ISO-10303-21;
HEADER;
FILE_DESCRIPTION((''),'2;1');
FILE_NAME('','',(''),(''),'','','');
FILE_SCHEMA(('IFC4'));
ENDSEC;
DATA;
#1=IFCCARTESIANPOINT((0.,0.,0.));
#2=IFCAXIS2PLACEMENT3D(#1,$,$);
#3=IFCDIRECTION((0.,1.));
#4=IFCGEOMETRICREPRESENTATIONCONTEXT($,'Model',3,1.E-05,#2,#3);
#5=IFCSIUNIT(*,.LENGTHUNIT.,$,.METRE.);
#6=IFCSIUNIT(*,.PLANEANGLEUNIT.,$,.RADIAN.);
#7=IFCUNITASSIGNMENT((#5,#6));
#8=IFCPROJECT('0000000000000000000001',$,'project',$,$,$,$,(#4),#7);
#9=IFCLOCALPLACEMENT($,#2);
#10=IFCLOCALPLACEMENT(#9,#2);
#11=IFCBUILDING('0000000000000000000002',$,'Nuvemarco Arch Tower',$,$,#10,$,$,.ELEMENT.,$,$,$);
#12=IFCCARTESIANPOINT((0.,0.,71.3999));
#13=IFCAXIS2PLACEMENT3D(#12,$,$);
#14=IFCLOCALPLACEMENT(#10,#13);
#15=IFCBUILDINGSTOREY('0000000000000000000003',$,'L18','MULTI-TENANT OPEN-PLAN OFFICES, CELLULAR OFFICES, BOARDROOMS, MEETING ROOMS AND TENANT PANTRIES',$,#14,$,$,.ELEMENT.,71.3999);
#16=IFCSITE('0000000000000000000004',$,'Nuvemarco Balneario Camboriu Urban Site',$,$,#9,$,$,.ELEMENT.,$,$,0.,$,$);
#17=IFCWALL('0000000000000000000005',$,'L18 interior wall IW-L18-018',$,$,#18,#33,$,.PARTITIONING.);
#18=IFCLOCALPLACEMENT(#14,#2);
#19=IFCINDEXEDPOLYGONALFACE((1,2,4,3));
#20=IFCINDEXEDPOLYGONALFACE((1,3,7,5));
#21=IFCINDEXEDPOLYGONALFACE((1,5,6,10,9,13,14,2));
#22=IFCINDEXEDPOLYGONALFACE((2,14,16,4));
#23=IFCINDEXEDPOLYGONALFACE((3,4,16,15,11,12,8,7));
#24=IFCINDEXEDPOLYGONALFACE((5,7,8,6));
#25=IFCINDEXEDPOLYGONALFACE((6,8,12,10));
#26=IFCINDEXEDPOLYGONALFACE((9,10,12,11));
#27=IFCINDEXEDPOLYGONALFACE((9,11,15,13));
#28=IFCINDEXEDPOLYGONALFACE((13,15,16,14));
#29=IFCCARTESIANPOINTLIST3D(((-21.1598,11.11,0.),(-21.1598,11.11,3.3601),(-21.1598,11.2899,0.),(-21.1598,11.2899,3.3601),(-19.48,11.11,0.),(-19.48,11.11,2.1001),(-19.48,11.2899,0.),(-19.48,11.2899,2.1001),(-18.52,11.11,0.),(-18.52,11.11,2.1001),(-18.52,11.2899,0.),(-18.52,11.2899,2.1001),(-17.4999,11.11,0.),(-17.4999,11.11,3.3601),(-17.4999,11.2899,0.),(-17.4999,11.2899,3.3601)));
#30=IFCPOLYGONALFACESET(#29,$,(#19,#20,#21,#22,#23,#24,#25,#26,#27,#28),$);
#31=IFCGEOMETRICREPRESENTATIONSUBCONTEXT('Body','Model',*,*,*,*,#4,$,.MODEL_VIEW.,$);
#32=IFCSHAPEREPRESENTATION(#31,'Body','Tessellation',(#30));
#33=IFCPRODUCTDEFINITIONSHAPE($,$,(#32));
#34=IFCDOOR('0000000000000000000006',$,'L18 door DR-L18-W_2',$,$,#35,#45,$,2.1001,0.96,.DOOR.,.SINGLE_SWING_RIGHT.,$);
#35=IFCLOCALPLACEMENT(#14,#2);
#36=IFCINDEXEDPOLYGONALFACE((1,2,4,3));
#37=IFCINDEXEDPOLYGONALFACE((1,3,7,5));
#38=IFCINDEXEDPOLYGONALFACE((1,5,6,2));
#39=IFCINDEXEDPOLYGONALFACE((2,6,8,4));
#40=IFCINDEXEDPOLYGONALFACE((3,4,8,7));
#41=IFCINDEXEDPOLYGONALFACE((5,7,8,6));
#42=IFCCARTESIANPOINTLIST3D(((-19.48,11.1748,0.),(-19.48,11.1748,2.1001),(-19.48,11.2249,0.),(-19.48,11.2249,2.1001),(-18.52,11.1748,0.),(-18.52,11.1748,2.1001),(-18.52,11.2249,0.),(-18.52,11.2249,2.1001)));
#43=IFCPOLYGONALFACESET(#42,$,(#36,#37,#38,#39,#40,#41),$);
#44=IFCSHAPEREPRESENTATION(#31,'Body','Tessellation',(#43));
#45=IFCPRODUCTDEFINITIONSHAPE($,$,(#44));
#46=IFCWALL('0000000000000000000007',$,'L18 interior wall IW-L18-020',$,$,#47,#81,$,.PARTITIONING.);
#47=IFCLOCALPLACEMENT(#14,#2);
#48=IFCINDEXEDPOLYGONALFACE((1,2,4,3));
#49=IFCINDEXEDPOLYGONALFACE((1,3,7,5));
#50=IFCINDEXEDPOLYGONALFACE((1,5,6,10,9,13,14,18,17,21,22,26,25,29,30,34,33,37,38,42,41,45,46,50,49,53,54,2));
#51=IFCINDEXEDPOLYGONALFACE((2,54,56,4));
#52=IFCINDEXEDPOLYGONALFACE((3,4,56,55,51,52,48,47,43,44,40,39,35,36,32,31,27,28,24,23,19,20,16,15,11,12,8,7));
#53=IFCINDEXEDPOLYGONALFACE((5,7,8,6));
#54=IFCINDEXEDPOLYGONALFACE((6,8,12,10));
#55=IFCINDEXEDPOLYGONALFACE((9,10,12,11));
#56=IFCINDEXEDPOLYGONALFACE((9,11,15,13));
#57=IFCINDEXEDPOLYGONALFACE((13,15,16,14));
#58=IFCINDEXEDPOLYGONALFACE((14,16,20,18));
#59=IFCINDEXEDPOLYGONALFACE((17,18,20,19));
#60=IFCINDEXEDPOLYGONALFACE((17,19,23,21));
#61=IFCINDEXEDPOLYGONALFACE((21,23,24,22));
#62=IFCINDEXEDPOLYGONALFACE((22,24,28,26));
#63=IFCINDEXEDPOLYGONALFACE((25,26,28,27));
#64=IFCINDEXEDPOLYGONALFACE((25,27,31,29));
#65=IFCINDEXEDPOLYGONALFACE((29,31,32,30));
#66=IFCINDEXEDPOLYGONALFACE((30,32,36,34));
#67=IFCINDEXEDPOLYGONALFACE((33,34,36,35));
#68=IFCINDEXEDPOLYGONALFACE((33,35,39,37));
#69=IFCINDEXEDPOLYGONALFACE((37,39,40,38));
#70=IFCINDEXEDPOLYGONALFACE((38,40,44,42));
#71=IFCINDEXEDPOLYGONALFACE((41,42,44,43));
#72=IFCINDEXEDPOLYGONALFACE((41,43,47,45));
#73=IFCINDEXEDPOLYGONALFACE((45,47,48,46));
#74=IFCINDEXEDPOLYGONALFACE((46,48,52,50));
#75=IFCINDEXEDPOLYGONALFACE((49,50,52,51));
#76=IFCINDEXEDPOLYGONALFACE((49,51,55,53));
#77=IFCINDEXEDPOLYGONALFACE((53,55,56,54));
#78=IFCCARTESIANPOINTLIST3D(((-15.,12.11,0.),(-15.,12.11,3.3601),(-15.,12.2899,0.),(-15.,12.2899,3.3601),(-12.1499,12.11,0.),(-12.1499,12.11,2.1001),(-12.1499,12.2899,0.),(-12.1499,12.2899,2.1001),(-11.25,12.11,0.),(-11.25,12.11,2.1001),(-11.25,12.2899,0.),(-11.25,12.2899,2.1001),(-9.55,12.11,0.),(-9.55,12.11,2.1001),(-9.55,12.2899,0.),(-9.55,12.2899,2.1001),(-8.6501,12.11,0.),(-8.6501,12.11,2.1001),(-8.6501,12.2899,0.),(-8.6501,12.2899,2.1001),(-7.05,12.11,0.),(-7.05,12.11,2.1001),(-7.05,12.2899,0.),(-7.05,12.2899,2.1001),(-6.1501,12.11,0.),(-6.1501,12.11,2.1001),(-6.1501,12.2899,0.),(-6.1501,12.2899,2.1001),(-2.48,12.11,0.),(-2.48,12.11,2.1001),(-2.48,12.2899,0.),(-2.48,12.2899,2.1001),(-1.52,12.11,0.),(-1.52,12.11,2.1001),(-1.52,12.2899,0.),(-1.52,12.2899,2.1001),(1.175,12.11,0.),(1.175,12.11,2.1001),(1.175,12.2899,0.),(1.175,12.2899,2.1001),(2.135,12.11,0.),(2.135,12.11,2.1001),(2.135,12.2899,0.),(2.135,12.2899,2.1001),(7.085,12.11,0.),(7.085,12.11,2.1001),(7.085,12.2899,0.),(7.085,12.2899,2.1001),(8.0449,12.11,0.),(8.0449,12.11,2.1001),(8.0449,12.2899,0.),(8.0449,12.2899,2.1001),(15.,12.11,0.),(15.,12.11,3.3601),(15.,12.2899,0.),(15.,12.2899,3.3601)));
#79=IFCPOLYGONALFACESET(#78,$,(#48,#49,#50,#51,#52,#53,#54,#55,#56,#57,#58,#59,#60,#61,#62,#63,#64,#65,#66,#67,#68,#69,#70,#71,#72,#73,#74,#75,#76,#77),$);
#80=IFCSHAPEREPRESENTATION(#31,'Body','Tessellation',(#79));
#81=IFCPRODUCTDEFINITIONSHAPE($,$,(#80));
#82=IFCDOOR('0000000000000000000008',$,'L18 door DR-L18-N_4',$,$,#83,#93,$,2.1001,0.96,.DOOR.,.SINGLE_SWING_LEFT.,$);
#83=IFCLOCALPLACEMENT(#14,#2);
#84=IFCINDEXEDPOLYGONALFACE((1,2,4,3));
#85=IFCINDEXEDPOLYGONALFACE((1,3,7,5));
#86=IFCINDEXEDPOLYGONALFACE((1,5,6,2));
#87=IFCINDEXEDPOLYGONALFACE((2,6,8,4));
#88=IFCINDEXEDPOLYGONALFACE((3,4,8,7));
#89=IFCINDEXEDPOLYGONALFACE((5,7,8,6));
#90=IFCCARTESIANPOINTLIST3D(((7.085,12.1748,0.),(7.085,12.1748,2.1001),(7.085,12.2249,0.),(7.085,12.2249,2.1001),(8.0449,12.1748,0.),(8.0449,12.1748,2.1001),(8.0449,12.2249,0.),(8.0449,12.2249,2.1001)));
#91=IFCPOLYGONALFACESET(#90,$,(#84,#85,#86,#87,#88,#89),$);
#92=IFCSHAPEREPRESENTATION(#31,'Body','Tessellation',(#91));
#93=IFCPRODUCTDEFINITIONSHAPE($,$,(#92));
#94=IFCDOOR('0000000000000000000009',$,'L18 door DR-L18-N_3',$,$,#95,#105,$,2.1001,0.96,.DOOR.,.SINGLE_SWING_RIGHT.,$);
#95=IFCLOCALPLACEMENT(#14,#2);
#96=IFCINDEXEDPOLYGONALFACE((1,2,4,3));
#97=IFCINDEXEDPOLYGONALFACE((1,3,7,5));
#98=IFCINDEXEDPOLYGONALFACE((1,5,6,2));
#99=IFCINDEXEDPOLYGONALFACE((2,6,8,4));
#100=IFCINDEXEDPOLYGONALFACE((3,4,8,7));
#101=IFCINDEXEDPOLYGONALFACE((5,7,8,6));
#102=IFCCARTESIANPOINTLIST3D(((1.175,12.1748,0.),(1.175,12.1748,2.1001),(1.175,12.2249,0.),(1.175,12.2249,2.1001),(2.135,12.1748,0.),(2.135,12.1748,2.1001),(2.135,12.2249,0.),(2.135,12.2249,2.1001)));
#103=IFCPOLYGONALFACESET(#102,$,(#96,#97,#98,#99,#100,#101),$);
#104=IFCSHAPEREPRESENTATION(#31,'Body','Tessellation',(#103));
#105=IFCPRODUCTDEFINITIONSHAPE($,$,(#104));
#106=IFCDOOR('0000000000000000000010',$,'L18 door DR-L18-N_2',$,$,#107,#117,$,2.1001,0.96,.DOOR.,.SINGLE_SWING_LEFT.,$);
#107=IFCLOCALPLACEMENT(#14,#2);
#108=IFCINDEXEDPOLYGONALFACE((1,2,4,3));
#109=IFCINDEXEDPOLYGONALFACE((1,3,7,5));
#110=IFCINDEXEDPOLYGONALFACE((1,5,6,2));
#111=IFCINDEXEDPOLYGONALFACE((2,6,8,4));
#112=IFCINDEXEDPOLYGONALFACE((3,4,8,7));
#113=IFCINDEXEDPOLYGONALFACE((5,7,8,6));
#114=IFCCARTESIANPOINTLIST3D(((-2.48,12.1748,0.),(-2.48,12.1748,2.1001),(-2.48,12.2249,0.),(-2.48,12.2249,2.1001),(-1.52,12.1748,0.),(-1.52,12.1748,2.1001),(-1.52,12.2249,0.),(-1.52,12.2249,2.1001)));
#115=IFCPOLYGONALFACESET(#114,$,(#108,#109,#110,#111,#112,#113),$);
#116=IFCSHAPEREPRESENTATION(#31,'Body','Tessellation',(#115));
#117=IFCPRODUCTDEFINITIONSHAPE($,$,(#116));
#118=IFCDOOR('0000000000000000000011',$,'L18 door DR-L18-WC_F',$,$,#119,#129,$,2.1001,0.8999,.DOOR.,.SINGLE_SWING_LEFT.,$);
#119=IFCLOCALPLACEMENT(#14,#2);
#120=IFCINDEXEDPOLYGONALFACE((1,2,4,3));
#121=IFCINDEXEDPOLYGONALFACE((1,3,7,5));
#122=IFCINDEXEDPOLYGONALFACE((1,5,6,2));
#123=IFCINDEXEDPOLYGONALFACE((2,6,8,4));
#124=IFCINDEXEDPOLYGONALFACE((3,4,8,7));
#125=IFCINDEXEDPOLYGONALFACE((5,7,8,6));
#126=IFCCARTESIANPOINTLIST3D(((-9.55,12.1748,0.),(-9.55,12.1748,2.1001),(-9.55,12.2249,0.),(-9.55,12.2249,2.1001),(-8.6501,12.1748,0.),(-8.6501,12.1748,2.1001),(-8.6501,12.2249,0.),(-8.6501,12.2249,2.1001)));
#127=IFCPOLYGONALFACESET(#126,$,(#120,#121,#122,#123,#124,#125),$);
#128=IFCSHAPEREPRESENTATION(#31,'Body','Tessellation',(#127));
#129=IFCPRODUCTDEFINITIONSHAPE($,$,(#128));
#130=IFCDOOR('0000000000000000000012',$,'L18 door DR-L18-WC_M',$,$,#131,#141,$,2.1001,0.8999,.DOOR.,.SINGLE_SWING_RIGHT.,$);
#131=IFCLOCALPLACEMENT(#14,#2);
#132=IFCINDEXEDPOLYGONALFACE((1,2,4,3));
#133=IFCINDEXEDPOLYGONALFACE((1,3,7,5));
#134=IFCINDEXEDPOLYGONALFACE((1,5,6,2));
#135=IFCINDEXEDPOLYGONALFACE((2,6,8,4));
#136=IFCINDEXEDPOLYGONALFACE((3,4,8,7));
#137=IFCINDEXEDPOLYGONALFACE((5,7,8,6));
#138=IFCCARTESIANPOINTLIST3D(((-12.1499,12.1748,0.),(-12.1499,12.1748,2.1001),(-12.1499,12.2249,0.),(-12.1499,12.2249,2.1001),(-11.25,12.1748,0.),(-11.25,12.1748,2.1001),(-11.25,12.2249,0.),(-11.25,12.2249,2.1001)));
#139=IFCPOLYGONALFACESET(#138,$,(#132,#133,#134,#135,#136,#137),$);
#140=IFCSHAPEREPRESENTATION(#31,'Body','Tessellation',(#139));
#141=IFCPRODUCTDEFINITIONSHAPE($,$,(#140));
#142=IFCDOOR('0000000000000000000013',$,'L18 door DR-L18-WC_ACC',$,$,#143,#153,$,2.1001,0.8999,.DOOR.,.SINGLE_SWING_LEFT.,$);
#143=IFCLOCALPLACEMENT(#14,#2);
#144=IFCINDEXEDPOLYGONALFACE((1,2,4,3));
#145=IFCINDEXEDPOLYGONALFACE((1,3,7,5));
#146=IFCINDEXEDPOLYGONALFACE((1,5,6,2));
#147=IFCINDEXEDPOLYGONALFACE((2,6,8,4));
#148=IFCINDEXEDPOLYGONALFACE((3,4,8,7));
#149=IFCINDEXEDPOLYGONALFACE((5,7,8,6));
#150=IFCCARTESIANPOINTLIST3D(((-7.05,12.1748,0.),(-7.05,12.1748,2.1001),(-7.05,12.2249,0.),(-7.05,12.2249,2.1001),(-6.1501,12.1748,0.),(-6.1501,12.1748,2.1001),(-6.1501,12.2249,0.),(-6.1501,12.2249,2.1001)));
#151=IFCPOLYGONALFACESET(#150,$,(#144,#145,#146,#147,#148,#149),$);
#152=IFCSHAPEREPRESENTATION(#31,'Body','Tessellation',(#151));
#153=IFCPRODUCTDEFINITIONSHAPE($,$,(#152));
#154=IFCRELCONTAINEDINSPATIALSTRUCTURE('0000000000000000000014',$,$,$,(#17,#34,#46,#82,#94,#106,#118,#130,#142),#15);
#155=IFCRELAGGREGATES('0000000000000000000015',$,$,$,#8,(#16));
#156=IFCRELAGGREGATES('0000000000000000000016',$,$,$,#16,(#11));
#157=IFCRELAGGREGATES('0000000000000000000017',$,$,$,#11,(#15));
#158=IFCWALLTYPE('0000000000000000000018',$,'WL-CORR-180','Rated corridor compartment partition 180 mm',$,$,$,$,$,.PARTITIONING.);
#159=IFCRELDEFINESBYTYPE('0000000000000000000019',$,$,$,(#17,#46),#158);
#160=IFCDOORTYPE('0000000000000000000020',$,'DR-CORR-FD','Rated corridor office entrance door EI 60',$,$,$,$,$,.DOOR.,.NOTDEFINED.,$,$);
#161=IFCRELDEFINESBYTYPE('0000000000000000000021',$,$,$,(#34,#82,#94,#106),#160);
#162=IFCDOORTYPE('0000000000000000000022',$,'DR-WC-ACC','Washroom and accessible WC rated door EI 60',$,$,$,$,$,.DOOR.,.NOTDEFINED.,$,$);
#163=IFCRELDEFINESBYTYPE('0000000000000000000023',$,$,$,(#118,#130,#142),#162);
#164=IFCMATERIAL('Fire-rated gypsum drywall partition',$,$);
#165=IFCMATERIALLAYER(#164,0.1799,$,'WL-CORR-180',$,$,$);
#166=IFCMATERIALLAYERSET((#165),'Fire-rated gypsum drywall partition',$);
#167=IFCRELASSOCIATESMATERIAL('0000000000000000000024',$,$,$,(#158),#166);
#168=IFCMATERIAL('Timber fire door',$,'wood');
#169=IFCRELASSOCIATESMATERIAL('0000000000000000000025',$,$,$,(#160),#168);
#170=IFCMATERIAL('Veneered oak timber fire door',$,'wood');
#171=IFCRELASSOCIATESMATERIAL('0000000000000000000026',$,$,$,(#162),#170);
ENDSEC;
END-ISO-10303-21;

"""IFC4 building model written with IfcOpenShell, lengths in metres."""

from ifc_helpers import new_model, si_unit, direction, frame, frame_2d, origin, place, context, subcontext, project, spatial, rectangle, extrude, source, transform, mapped, material, layer, layer_set, type_object, type_shapes, element, fill, save


model = new_model("IFC4")

# Units and contexts
model_context = context("Model", 3, precision=1e-05, world=origin(), true_north=direction((0.0, 1.0)))
body_context = subcontext(model_context, "Body", "Model", "MODEL_VIEW")
ifc_project = project(units=[si_unit("LENGTHUNIT", "METRE"), si_unit("PLANEANGLEUNIT", "RADIAN")], contexts=[model_context])

# Site, building, storey
site_placement = place(None, origin())
site = spatial("IfcSite", under=ifc_project, at=site_placement, Name="Nuvemarco Balneario Camboriu Urban Site", CompositionType="ELEMENT", RefElevation=0.0)
building_placement = place(site_placement, origin())
building = spatial("IfcBuilding", under=site, at=building_placement, Name="Nuvemarco Arch Tower", CompositionType="ELEMENT")
storey_placement = place(building_placement, frame((0.0, 0.0, 71.3999)))
storey = spatial("IfcBuildingStorey", under=building, at=storey_placement, Name="L18", Description="MULTI-TENANT OPEN-PLAN OFFICES, CELLULAR OFFICES, BOARDROOMS, MEETING ROOMS AND TENANT PANTRIES", CompositionType="ELEMENT", Elevation=71.3999)

# Wall, opening, door
ifc_material_1 = material(Name="Fire-rated gypsum drywall partition")
ifc_layer = layer(ifc_material_1, 0.1799, Name="WL-CORR-180")
ifc_layer_set = layer_set([ifc_layer], Name="Fire-rated gypsum drywall partition")
wall_type = type_object("IfcWallType", Name="WL-CORR-180", Description="Rated corridor compartment partition 180 mm", PredefinedType="PARTITIONING", material=ifc_layer_set)
wall_1_placement = place(storey_placement, frame((-21.1599, 11.2, 0.0), z_axis=(0.0, 0.0, 1.0), x_axis=(1.0, 0.0, 0.0)))
wall_1 = element("IfcWall", 1, at=wall_1_placement, inside=storey, type_object=wall_type, Name="L18 interior wall IW-L18-018", PredefinedType="PARTITIONING", context=body_context, shape_type="SweptSolid", body=[
    extrude(rectangle(XDim=3.6599, YDim=0.1799, at=frame_2d((1.8301, 0.0))), origin(), (0.0, 0.0, 1.0), 3.3601),
])
opening_1_placement = place(wall_1_placement, frame((1.6799, 0.0, 0.0)))
opening_1 = element("IfcOpeningElement", 2, at=opening_1_placement, cuts=wall_1, PredefinedType="OPENING", context=body_context, shape_type="SweptSolid", body=[
    extrude(rectangle(XDim=0.96, YDim=2.1001, at=frame_2d((0.48, 1.05))), frame((0.0, 0.0999, 0.0), z_axis=(0.0, -1.0, 0.0), x_axis=(1.0, 0.0, 0.0)), (0.0, 0.0, 1.0), 0.2),
])
ifc_material_2 = material(Name="Timber fire door", Category="wood")
door_type_1 = type_object("IfcDoorType", Name="DR-CORR-FD", Description="Rated corridor office entrance door EI 60", OperationType="NOTDEFINED", PredefinedType="DOOR", material=ifc_material_2)
shared_shape_1 = source(origin(), body_context, "Body", "SweptSolid", [
    extrude(rectangle(XDim=0.96, YDim=2.1001, at=frame_2d((0.48, 1.05))), frame((0.0, 0.0249, 0.0), z_axis=(0.0, -1.0, 0.0), x_axis=(1.0, 0.0, 0.0)), (0.0, 0.0, 1.0), 0.05),
])
type_shapes(door_type_1, [shared_shape_1])
door_1_placement = place(opening_1_placement, origin())
door_1 = element("IfcDoor", 3, at=door_1_placement, inside=storey, type_object=door_type_1, Name="L18 door DR-L18-W_2", OperationType="SINGLE_SWING_RIGHT", OverallHeight=2.1001, OverallWidth=0.96, PredefinedType="DOOR", context=body_context, shape_type="MappedRepresentation", body=[
    mapped(shared_shape_1, transform((0.0, 0.0, 0.0), scale=1.0)),
])
fill(opening_1, door_1)

# Wall, openings, doors
wall_2_placement = place(storey_placement, frame((-15.0, 12.2, 0.0), z_axis=(0.0, 0.0, 1.0), x_axis=(1.0, 0.0, 0.0)))
wall_2 = element("IfcWall", 4, at=wall_2_placement, inside=storey, type_object=wall_type, Name="L18 interior wall IW-L18-020", PredefinedType="PARTITIONING", context=body_context, shape_type="SweptSolid", body=[
    extrude(rectangle(XDim=30.0, YDim=0.1799, at=frame_2d((15.0, 0.0))), origin(), (0.0, 0.0, 1.0), 3.3601),
])
opening_2_placement = place(wall_2_placement, frame((22.085, 0.0, 0.0)))
opening_2 = element("IfcOpeningElement", 5, at=opening_2_placement, cuts=wall_2, PredefinedType="OPENING", context=body_context, shape_type="SweptSolid", body=[
    extrude(rectangle(XDim=0.96, YDim=2.1001, at=frame_2d((0.48, 1.05))), frame((0.0, 0.0999, 0.0), z_axis=(0.0, -1.0, 0.0), x_axis=(1.0, 0.0, 0.0)), (0.0, 0.0, 1.0), 0.2),
])
opening_3_placement = place(wall_2_placement, frame((16.175, 0.0, 0.0)))
opening_3 = element("IfcOpeningElement", 6, at=opening_3_placement, cuts=wall_2, PredefinedType="OPENING", context=body_context, shape_type="SweptSolid", body=[
    extrude(rectangle(XDim=0.96, YDim=2.1001, at=frame_2d((0.48, 1.05))), frame((0.0, 0.0999, 0.0), z_axis=(0.0, -1.0, 0.0), x_axis=(1.0, 0.0, 0.0)), (0.0, 0.0, 1.0), 0.2),
])
opening_4_placement = place(wall_2_placement, frame((5.45, 0.0, 0.0)))
opening_4 = element("IfcOpeningElement", 7, at=opening_4_placement, cuts=wall_2, PredefinedType="OPENING", context=body_context, shape_type="SweptSolid", body=[
    extrude(rectangle(XDim=0.8999, YDim=2.1001, at=frame_2d((0.45, 1.05))), frame((0.0, 0.0999, 0.0), z_axis=(0.0, -1.0, 0.0), x_axis=(1.0, 0.0, 0.0)), (0.0, 0.0, 1.0), 0.2),
])
opening_5_placement = place(wall_2_placement, frame((2.8501, 0.0, 0.0)))
opening_5 = element("IfcOpeningElement", 8, at=opening_5_placement, cuts=wall_2, PredefinedType="OPENING", context=body_context, shape_type="SweptSolid", body=[
    extrude(rectangle(XDim=0.8999, YDim=2.1001, at=frame_2d((0.45, 1.05))), frame((0.0, 0.0999, 0.0), z_axis=(0.0, -1.0, 0.0), x_axis=(1.0, 0.0, 0.0)), (0.0, 0.0, 1.0), 0.2),
])
opening_6_placement = place(wall_2_placement, frame((12.52, 0.0, 0.0)))
opening_6 = element("IfcOpeningElement", 9, at=opening_6_placement, cuts=wall_2, PredefinedType="OPENING", context=body_context, shape_type="SweptSolid", body=[
    extrude(rectangle(XDim=0.96, YDim=2.1001, at=frame_2d((0.48, 1.05))), frame((0.0, 0.0999, 0.0), z_axis=(0.0, -1.0, 0.0), x_axis=(1.0, 0.0, 0.0)), (0.0, 0.0, 1.0), 0.2),
])
opening_7_placement = place(wall_2_placement, frame((7.95, 0.0, 0.0)))
opening_7 = element("IfcOpeningElement", 10, at=opening_7_placement, cuts=wall_2, PredefinedType="OPENING", context=body_context, shape_type="SweptSolid", body=[
    extrude(rectangle(XDim=0.8999, YDim=2.1001, at=frame_2d((0.45, 1.05))), frame((0.0, 0.0999, 0.0), z_axis=(0.0, -1.0, 0.0), x_axis=(1.0, 0.0, 0.0)), (0.0, 0.0, 1.0), 0.2),
])
door_2_placement = place(opening_2_placement, origin())
door_2 = element("IfcDoor", 11, at=door_2_placement, inside=storey, type_object=door_type_1, Name="L18 door DR-L18-N_4", OperationType="SINGLE_SWING_LEFT", OverallHeight=2.1001, OverallWidth=0.96, PredefinedType="DOOR", context=body_context, shape_type="MappedRepresentation", body=[
    mapped(shared_shape_1, transform((0.0, 0.0, 0.0), scale=1.0)),
])
fill(opening_2, door_2)
door_3_placement = place(opening_3_placement, origin())
door_3 = element("IfcDoor", 12, at=door_3_placement, inside=storey, type_object=door_type_1, Name="L18 door DR-L18-N_3", OperationType="SINGLE_SWING_RIGHT", OverallHeight=2.1001, OverallWidth=0.96, PredefinedType="DOOR", context=body_context, shape_type="MappedRepresentation", body=[
    mapped(shared_shape_1, transform((0.0, 0.0, 0.0), scale=1.0)),
])
fill(opening_3, door_3)
door_4_placement = place(opening_6_placement, origin())
door_4 = element("IfcDoor", 13, at=door_4_placement, inside=storey, type_object=door_type_1, Name="L18 door DR-L18-N_2", OperationType="SINGLE_SWING_LEFT", OverallHeight=2.1001, OverallWidth=0.96, PredefinedType="DOOR", context=body_context, shape_type="MappedRepresentation", body=[
    mapped(shared_shape_1, transform((0.0, 0.0, 0.0), scale=1.0)),
])
fill(opening_6, door_4)
ifc_material_3 = material(Name="Veneered oak timber fire door", Category="wood")
door_type_2 = type_object("IfcDoorType", Name="DR-WC-ACC", Description="Washroom and accessible WC rated door EI 60", OperationType="NOTDEFINED", PredefinedType="DOOR", material=ifc_material_3)
shared_shape_2 = source(origin(), body_context, "Body", "SweptSolid", [
    extrude(rectangle(XDim=0.8999, YDim=2.1001, at=frame_2d((0.45, 1.05))), frame((0.0, 0.0249, 0.0), z_axis=(0.0, -1.0, 0.0), x_axis=(1.0, 0.0, 0.0)), (0.0, 0.0, 1.0), 0.05),
])
type_shapes(door_type_2, [shared_shape_2])
door_5_placement = place(opening_4_placement, origin())
door_5 = element("IfcDoor", 14, at=door_5_placement, inside=storey, type_object=door_type_2, Name="L18 door DR-L18-WC_F", OperationType="SINGLE_SWING_LEFT", OverallHeight=2.1001, OverallWidth=0.8999, PredefinedType="DOOR", context=body_context, shape_type="MappedRepresentation", body=[
    mapped(shared_shape_2, transform((0.0, 0.0, 0.0), scale=1.0)),
])
fill(opening_4, door_5)
door_6_placement = place(opening_5_placement, origin())
door_6 = element("IfcDoor", 15, at=door_6_placement, inside=storey, type_object=door_type_2, Name="L18 door DR-L18-WC_M", OperationType="SINGLE_SWING_RIGHT", OverallHeight=2.1001, OverallWidth=0.8999, PredefinedType="DOOR", context=body_context, shape_type="MappedRepresentation", body=[
    mapped(shared_shape_2, transform((0.0, 0.0, 0.0), scale=1.0)),
])
fill(opening_5, door_6)
door_7_placement = place(opening_7_placement, origin())
door_7 = element("IfcDoor", 16, at=door_7_placement, inside=storey, type_object=door_type_2, Name="L18 door DR-L18-WC_ACC", OperationType="SINGLE_SWING_LEFT", OverallHeight=2.1001, OverallWidth=0.8999, PredefinedType="DOOR", context=body_context, shape_type="MappedRepresentation", body=[
    mapped(shared_shape_2, transform((0.0, 0.0, 0.0), scale=1.0)),
])
fill(opening_7, door_7)

save(model, "model.ifc")
